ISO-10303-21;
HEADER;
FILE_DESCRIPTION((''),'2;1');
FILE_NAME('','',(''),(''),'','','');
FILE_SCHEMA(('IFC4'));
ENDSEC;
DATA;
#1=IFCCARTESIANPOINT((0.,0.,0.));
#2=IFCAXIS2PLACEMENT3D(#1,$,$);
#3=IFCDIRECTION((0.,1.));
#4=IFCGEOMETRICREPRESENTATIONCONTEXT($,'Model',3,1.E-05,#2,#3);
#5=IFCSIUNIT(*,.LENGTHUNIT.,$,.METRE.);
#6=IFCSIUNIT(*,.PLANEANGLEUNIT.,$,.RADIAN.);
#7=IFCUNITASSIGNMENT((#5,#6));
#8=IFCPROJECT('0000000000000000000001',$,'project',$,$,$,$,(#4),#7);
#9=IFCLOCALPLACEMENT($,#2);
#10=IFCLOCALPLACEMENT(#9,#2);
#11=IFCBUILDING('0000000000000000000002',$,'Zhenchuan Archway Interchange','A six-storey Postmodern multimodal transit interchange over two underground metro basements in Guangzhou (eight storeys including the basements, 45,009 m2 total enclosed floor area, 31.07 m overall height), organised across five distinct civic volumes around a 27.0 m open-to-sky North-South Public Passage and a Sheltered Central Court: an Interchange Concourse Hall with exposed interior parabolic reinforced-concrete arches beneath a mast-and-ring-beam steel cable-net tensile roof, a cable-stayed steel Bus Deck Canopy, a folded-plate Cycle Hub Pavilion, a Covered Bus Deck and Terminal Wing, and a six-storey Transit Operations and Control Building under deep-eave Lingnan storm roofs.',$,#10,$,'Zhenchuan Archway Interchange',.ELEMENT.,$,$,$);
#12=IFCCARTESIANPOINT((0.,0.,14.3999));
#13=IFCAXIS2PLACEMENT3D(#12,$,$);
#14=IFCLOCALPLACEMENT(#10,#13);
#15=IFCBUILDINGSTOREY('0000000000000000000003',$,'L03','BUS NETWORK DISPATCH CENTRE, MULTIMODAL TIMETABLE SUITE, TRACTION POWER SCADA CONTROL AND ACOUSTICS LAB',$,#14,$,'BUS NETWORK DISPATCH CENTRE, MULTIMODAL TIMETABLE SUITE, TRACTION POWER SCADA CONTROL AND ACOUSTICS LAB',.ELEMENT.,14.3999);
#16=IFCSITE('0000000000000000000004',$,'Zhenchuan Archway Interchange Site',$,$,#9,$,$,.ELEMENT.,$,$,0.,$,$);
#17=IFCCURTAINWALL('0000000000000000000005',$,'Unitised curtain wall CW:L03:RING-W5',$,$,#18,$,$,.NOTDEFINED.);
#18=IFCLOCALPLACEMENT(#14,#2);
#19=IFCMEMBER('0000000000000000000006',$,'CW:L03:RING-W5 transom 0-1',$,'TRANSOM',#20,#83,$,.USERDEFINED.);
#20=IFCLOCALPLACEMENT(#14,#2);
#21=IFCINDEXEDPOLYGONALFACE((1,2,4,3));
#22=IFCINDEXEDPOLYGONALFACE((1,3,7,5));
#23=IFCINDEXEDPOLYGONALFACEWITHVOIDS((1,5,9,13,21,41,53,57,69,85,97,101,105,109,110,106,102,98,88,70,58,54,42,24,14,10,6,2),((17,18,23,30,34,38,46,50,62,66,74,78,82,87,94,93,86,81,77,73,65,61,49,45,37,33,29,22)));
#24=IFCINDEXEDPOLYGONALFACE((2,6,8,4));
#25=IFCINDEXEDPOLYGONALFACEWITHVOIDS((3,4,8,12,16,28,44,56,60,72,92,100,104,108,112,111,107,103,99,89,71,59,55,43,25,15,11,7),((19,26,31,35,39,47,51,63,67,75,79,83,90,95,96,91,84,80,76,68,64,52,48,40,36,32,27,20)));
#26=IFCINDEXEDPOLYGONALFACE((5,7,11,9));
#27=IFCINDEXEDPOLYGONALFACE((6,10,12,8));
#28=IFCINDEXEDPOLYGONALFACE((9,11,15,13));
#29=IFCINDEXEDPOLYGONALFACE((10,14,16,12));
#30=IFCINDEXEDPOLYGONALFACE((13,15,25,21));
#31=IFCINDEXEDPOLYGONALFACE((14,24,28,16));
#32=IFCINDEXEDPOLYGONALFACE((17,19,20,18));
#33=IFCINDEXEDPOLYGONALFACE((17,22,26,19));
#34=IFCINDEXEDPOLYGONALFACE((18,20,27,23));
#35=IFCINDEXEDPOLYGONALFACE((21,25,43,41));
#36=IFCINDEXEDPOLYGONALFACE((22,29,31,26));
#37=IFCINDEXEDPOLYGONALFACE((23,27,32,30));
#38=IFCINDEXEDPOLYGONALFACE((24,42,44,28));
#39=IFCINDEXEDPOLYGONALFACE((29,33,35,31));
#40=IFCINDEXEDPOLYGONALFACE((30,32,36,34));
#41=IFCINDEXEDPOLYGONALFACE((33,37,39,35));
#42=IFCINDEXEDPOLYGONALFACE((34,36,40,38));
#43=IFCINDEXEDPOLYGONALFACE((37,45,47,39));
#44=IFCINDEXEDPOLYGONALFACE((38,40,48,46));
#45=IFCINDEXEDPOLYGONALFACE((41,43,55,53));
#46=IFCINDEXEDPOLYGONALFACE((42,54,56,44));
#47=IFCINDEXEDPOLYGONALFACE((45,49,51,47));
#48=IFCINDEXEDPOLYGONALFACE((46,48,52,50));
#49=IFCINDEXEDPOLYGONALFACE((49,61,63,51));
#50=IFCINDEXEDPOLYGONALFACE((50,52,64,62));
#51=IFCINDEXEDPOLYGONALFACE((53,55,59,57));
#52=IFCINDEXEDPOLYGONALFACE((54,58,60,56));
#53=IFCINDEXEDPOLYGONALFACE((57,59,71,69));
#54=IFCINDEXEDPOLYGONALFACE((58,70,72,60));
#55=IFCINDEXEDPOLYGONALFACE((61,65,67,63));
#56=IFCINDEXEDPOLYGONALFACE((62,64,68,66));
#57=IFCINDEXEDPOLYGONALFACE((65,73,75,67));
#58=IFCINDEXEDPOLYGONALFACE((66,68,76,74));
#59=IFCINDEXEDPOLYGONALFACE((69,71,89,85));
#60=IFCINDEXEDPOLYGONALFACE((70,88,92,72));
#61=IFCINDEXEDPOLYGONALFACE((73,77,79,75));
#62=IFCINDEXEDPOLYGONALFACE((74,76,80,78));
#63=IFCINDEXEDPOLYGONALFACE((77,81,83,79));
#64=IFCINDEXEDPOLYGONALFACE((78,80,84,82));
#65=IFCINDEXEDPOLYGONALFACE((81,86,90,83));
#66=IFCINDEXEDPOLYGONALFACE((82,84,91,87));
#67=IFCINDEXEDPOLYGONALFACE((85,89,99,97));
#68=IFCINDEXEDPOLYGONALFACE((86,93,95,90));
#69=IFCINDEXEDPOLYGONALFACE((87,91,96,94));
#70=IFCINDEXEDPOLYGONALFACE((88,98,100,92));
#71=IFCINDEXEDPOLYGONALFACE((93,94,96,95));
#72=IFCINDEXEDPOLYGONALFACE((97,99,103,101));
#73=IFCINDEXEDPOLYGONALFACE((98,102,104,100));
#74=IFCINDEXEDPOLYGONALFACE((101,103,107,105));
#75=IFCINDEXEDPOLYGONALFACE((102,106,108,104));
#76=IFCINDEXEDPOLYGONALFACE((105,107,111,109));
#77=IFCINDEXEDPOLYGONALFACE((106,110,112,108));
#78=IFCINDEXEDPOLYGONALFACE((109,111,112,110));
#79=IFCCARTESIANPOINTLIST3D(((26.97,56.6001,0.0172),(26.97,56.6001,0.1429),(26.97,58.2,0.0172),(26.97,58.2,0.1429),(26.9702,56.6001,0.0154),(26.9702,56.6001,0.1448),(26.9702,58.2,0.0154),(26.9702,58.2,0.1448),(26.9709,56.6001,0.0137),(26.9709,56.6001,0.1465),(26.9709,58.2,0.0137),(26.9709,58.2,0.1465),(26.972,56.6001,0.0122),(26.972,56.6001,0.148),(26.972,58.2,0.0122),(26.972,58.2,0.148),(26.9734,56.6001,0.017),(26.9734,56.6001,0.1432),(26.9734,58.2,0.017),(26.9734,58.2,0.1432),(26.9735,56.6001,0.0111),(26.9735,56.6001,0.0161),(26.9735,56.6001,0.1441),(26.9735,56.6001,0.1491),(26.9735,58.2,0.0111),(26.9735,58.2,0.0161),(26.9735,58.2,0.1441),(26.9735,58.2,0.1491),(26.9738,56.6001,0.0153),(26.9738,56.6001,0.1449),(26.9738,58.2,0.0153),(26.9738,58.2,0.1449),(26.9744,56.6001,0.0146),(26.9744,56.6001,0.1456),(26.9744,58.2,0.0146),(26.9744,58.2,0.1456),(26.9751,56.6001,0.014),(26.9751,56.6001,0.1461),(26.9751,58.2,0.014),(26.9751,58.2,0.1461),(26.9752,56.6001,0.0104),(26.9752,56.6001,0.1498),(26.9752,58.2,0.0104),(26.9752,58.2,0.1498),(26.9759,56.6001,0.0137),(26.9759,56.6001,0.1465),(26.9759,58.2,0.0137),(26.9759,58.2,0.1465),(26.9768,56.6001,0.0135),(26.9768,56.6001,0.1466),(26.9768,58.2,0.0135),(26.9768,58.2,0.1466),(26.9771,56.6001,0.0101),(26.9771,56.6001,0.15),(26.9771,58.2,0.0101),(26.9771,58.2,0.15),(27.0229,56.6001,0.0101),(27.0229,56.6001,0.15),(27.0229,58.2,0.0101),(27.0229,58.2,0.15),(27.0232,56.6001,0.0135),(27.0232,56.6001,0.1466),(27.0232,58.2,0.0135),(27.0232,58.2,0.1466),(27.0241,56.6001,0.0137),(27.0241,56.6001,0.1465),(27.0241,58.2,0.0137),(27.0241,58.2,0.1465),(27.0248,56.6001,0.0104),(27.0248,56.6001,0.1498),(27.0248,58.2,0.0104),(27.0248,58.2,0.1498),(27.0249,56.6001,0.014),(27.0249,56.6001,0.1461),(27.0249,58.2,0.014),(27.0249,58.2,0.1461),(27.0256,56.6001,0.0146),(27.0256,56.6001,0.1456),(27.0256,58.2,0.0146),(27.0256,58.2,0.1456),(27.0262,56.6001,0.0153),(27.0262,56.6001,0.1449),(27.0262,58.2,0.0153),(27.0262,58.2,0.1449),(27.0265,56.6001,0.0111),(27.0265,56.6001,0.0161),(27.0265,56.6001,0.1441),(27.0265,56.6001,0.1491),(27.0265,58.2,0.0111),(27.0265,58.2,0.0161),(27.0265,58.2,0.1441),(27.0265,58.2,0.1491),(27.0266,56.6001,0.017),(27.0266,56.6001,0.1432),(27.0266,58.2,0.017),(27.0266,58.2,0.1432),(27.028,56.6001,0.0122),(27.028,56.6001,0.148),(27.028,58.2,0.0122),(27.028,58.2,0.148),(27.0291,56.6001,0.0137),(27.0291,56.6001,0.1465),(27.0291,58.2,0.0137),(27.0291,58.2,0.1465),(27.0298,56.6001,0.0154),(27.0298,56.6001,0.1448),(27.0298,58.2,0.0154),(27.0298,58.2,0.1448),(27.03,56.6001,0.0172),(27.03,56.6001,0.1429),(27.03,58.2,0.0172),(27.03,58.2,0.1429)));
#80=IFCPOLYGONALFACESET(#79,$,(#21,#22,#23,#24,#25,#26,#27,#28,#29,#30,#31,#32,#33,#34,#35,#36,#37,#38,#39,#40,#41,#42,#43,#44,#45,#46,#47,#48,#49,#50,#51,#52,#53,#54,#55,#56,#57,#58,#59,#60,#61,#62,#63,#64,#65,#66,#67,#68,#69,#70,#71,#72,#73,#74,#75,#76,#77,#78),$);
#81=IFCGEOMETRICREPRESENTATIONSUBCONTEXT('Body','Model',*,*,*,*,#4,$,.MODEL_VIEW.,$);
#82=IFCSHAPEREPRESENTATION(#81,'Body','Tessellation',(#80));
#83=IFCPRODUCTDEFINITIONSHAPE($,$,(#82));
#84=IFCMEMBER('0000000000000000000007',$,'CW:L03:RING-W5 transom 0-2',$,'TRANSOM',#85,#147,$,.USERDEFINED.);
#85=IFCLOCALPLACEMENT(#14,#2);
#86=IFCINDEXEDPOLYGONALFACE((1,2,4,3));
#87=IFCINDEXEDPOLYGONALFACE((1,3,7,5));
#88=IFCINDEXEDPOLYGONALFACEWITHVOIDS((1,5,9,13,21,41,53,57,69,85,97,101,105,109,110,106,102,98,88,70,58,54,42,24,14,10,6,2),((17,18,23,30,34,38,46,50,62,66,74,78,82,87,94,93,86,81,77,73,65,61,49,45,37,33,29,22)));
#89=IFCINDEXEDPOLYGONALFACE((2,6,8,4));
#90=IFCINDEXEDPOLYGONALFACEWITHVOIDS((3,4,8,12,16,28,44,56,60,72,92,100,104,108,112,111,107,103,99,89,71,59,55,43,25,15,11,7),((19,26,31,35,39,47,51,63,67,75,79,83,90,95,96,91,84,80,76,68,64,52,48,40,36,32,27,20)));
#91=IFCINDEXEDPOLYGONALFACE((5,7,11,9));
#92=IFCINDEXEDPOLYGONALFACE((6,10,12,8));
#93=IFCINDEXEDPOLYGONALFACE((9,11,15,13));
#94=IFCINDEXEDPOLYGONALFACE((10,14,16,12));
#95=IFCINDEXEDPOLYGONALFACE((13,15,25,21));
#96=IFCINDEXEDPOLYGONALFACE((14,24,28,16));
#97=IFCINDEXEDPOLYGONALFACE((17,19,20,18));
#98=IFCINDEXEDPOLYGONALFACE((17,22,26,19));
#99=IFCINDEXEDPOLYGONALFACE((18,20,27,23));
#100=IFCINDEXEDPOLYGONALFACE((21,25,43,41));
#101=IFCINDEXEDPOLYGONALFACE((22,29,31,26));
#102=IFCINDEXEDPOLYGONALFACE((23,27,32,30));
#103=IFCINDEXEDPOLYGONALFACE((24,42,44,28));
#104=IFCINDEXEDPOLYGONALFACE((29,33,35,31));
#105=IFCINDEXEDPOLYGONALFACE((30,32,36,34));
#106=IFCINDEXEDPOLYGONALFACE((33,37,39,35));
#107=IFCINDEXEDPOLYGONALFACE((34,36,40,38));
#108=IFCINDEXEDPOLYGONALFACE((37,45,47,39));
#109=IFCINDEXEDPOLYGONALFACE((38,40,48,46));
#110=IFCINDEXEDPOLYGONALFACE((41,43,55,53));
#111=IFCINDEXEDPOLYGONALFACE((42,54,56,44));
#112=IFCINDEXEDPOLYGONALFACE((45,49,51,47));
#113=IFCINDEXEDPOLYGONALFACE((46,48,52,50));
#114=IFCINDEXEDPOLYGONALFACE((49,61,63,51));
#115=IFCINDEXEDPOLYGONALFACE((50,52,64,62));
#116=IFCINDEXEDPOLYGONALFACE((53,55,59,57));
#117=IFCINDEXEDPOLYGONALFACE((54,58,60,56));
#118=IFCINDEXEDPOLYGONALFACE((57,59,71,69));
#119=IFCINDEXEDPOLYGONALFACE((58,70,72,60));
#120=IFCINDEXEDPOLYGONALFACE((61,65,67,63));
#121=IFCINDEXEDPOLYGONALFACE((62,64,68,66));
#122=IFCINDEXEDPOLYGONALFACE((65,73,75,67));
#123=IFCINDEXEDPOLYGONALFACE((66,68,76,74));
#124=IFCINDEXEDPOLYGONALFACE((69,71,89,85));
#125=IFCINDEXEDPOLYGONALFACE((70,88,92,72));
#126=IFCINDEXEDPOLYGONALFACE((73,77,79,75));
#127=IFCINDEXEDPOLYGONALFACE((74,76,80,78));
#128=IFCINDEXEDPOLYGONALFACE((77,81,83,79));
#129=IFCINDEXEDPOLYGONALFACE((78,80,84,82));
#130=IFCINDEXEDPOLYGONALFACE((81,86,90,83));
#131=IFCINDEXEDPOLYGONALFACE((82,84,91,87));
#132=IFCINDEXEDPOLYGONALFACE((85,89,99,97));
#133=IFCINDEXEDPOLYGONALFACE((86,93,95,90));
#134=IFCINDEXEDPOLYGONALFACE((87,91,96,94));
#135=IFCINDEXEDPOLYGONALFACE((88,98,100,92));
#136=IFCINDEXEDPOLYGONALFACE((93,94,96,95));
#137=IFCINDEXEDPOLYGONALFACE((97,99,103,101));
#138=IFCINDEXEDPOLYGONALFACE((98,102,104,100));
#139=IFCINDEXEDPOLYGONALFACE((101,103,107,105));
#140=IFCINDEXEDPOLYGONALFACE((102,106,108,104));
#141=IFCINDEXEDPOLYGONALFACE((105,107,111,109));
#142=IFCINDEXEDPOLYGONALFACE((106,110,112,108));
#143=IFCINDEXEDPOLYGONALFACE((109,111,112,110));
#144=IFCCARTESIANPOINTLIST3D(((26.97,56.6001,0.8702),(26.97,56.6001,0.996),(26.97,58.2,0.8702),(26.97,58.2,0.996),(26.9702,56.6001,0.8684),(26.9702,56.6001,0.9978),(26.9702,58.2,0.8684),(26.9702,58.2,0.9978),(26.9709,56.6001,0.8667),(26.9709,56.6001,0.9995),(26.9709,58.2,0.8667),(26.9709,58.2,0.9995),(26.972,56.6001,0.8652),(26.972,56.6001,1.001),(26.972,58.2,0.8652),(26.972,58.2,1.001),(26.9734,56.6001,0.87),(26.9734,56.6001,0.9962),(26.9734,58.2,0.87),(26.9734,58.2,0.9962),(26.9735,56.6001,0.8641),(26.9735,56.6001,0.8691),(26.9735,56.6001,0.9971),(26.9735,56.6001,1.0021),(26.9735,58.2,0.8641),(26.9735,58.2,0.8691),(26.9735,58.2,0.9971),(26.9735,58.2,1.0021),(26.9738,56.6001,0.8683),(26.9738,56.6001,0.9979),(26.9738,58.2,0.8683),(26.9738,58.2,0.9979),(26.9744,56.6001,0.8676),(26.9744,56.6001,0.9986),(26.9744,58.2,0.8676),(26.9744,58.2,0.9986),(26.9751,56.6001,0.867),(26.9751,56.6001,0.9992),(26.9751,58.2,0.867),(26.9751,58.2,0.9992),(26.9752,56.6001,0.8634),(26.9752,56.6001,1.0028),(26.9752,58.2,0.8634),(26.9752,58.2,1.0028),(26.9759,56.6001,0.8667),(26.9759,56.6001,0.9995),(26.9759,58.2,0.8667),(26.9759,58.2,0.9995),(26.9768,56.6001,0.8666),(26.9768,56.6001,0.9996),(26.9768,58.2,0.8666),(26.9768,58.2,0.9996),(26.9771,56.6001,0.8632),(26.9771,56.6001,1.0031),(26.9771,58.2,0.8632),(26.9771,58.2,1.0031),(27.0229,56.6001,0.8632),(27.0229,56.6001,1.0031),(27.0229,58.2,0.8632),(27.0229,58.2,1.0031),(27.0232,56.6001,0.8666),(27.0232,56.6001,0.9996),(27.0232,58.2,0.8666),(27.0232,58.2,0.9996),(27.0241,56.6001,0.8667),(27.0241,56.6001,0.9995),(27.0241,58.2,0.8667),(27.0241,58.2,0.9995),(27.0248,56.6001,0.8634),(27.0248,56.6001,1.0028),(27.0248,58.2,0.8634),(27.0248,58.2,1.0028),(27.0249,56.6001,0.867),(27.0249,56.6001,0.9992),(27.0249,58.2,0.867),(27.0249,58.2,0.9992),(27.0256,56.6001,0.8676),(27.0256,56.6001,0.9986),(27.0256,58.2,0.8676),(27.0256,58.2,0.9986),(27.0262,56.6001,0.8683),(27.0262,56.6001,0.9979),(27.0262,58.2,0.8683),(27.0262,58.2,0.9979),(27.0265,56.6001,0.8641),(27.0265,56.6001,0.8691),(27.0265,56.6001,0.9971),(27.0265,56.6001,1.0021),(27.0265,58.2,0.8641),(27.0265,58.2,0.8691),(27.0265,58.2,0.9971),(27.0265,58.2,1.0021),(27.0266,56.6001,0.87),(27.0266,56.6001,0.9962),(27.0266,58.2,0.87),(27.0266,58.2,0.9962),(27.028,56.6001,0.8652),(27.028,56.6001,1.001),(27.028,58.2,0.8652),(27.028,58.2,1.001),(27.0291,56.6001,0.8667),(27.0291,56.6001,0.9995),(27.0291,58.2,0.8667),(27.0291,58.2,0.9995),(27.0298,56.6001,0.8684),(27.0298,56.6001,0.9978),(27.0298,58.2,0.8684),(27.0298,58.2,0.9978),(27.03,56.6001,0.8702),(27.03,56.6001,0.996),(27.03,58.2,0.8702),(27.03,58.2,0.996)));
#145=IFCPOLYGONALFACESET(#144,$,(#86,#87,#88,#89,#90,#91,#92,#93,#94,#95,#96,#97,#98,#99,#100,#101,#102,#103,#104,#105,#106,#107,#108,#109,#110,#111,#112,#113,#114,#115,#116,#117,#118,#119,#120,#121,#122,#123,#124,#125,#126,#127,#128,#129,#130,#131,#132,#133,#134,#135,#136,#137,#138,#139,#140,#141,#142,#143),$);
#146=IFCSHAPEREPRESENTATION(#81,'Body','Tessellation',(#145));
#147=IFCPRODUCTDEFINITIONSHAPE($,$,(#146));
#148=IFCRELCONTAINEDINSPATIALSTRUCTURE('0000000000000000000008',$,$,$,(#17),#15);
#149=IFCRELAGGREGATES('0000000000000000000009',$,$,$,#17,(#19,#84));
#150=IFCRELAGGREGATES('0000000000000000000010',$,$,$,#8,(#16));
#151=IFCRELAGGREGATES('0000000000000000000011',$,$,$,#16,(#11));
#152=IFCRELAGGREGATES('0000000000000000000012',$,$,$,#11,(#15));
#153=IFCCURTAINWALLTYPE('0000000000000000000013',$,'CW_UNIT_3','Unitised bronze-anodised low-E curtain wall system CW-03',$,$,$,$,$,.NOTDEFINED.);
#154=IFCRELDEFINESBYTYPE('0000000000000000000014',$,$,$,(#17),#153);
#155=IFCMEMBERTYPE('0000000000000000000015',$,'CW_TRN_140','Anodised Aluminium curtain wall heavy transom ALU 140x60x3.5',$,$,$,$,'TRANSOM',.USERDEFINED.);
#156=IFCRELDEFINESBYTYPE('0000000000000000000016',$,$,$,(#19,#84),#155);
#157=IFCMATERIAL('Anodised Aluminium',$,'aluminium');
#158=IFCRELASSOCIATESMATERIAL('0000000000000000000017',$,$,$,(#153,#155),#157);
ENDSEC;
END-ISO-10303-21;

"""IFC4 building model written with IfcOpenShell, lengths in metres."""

from ifc_helpers import new_model, si_unit, direction, frame, origin, origin_2d, place, context, subcontext, project, spatial, hollow_rectangle, extrude, material, material_profile, profile_set, type_object, element, aggregate, save


model = new_model("IFC4")

# Units and contexts
model_context = context("Model", 3, precision=1e-05, world=origin(), true_north=direction((0.0, 1.0)))
body_context = subcontext(model_context, "Body", "Model", "MODEL_VIEW")
ifc_project = project(units=[si_unit("LENGTHUNIT", "METRE"), si_unit("PLANEANGLEUNIT", "RADIAN")], contexts=[model_context])

# Site, building, storey
site_placement = place(None, origin())
site = spatial("IfcSite", under=ifc_project, at=site_placement, Name="Zhenchuan Archway Interchange Site", CompositionType="ELEMENT", RefElevation=0.0)
building_placement = place(site_placement, origin())
building = spatial("IfcBuilding", under=site, at=building_placement, Name="Zhenchuan Archway Interchange", Description="A six-storey Postmodern multimodal transit interchange over two underground metro basements in Guangzhou (eight storeys including the basements, 45,009 m2 total enclosed floor area, 31.07 m overall height), organised across five distinct civic volumes around a 27.0 m open-to-sky North-South Public Passage and a Sheltered Central Court: an Interchange Concourse Hall with exposed interior parabolic reinforced-concrete arches beneath a mast-and-ring-beam steel cable-net tensile roof, a cable-stayed steel Bus Deck Canopy, a folded-plate Cycle Hub Pavilion, a Covered Bus Deck and Terminal Wing, and a six-storey Transit Operations and Control Building under deep-eave Lingnan storm roofs.", LongName="Zhenchuan Archway Interchange", CompositionType="ELEMENT")
storey_placement = place(building_placement, frame((0.0, 0.0, 14.3999)))
storey = spatial("IfcBuildingStorey", under=building, at=storey_placement, Name="L03", Description="BUS NETWORK DISPATCH CENTRE, MULTIMODAL TIMETABLE SUITE, TRACTION POWER SCADA CONTROL AND ACOUSTICS LAB", LongName="BUS NETWORK DISPATCH CENTRE, MULTIMODAL TIMETABLE SUITE, TRACTION POWER SCADA CONTROL AND ACOUSTICS LAB", CompositionType="ELEMENT", Elevation=14.3999)

# Curtain wall
ifc_material_1 = material(Name="Anodised Aluminium", Category="aluminium")
curtain_wall_type = type_object("IfcCurtainWallType", Name="CW_UNIT_3", Description="Unitised bronze-anodised low-E curtain wall system CW-03", PredefinedType="NOTDEFINED", material=ifc_material_1)
curtain_wall_1_placement = place(storey_placement, origin())
curtain_wall_1 = element("IfcCurtainWall", 1, at=curtain_wall_1_placement, inside=storey, type_object=curtain_wall_type, Name="Unitised curtain wall CW:L03:RING-W5", PredefinedType="NOTDEFINED")

# Members
ifc_material_profile_1 = material_profile(ifc_material_1, hollow_rectangle(XDim=0.0601, YDim=0.1399, WallThickness=0.0034, InnerFilletRadius=0.0034, OuterFilletRadius=0.0071, at=origin_2d()), Name="ALU 140x60x3.5")
ifc_profile_set_1 = profile_set([ifc_material_profile_1], Name="Anodised Aluminium")
member_type_1 = type_object("IfcMemberType", Name="CW_TRN_140", Description="Anodised Aluminium curtain wall heavy transom ALU 140x60x3.5", ElementType="TRANSOM", PredefinedType="USERDEFINED", material=ifc_profile_set_1)
member_1_placement = place(storey_placement, frame((27.0, 56.6001, 0.0801), z_axis=(0.0, 1.0, 0.0), x_axis=(-1.0, 0.0, 0.0)))
member_1 = element("IfcMember", 2, at=member_1_placement, type_object=member_type_1, Name="CW:L03:RING-W5 transom 0-1", ObjectType="TRANSOM", PredefinedType="USERDEFINED", context=body_context, shape_type="SweptSolid", body=[
    extrude(hollow_rectangle(XDim=0.0601, YDim=0.1399, WallThickness=0.0034, InnerFilletRadius=0.0034, OuterFilletRadius=0.0071, at=origin_2d()), origin(), (0.0, 0.0, 1.0), 1.5999),
])
member_2_placement = place(storey_placement, frame((27.0, 56.6001, 0.9331), z_axis=(0.0, 1.0, 0.0), x_axis=(-1.0, 0.0, 0.0)))
member_2 = element("IfcMember", 3, at=member_2_placement, type_object=member_type_1, Name="CW:L03:RING-W5 transom 0-2", ObjectType="TRANSOM", PredefinedType="USERDEFINED", context=body_context, shape_type="SweptSolid", body=[
    extrude(hollow_rectangle(XDim=0.0601, YDim=0.1399, WallThickness=0.0034, InnerFilletRadius=0.0034, OuterFilletRadius=0.0071, at=origin_2d()), origin(), (0.0, 0.0, 1.0), 1.5999),
])

aggregate(curtain_wall_1, [member_1, member_2])

save(model, "model.ifc")
